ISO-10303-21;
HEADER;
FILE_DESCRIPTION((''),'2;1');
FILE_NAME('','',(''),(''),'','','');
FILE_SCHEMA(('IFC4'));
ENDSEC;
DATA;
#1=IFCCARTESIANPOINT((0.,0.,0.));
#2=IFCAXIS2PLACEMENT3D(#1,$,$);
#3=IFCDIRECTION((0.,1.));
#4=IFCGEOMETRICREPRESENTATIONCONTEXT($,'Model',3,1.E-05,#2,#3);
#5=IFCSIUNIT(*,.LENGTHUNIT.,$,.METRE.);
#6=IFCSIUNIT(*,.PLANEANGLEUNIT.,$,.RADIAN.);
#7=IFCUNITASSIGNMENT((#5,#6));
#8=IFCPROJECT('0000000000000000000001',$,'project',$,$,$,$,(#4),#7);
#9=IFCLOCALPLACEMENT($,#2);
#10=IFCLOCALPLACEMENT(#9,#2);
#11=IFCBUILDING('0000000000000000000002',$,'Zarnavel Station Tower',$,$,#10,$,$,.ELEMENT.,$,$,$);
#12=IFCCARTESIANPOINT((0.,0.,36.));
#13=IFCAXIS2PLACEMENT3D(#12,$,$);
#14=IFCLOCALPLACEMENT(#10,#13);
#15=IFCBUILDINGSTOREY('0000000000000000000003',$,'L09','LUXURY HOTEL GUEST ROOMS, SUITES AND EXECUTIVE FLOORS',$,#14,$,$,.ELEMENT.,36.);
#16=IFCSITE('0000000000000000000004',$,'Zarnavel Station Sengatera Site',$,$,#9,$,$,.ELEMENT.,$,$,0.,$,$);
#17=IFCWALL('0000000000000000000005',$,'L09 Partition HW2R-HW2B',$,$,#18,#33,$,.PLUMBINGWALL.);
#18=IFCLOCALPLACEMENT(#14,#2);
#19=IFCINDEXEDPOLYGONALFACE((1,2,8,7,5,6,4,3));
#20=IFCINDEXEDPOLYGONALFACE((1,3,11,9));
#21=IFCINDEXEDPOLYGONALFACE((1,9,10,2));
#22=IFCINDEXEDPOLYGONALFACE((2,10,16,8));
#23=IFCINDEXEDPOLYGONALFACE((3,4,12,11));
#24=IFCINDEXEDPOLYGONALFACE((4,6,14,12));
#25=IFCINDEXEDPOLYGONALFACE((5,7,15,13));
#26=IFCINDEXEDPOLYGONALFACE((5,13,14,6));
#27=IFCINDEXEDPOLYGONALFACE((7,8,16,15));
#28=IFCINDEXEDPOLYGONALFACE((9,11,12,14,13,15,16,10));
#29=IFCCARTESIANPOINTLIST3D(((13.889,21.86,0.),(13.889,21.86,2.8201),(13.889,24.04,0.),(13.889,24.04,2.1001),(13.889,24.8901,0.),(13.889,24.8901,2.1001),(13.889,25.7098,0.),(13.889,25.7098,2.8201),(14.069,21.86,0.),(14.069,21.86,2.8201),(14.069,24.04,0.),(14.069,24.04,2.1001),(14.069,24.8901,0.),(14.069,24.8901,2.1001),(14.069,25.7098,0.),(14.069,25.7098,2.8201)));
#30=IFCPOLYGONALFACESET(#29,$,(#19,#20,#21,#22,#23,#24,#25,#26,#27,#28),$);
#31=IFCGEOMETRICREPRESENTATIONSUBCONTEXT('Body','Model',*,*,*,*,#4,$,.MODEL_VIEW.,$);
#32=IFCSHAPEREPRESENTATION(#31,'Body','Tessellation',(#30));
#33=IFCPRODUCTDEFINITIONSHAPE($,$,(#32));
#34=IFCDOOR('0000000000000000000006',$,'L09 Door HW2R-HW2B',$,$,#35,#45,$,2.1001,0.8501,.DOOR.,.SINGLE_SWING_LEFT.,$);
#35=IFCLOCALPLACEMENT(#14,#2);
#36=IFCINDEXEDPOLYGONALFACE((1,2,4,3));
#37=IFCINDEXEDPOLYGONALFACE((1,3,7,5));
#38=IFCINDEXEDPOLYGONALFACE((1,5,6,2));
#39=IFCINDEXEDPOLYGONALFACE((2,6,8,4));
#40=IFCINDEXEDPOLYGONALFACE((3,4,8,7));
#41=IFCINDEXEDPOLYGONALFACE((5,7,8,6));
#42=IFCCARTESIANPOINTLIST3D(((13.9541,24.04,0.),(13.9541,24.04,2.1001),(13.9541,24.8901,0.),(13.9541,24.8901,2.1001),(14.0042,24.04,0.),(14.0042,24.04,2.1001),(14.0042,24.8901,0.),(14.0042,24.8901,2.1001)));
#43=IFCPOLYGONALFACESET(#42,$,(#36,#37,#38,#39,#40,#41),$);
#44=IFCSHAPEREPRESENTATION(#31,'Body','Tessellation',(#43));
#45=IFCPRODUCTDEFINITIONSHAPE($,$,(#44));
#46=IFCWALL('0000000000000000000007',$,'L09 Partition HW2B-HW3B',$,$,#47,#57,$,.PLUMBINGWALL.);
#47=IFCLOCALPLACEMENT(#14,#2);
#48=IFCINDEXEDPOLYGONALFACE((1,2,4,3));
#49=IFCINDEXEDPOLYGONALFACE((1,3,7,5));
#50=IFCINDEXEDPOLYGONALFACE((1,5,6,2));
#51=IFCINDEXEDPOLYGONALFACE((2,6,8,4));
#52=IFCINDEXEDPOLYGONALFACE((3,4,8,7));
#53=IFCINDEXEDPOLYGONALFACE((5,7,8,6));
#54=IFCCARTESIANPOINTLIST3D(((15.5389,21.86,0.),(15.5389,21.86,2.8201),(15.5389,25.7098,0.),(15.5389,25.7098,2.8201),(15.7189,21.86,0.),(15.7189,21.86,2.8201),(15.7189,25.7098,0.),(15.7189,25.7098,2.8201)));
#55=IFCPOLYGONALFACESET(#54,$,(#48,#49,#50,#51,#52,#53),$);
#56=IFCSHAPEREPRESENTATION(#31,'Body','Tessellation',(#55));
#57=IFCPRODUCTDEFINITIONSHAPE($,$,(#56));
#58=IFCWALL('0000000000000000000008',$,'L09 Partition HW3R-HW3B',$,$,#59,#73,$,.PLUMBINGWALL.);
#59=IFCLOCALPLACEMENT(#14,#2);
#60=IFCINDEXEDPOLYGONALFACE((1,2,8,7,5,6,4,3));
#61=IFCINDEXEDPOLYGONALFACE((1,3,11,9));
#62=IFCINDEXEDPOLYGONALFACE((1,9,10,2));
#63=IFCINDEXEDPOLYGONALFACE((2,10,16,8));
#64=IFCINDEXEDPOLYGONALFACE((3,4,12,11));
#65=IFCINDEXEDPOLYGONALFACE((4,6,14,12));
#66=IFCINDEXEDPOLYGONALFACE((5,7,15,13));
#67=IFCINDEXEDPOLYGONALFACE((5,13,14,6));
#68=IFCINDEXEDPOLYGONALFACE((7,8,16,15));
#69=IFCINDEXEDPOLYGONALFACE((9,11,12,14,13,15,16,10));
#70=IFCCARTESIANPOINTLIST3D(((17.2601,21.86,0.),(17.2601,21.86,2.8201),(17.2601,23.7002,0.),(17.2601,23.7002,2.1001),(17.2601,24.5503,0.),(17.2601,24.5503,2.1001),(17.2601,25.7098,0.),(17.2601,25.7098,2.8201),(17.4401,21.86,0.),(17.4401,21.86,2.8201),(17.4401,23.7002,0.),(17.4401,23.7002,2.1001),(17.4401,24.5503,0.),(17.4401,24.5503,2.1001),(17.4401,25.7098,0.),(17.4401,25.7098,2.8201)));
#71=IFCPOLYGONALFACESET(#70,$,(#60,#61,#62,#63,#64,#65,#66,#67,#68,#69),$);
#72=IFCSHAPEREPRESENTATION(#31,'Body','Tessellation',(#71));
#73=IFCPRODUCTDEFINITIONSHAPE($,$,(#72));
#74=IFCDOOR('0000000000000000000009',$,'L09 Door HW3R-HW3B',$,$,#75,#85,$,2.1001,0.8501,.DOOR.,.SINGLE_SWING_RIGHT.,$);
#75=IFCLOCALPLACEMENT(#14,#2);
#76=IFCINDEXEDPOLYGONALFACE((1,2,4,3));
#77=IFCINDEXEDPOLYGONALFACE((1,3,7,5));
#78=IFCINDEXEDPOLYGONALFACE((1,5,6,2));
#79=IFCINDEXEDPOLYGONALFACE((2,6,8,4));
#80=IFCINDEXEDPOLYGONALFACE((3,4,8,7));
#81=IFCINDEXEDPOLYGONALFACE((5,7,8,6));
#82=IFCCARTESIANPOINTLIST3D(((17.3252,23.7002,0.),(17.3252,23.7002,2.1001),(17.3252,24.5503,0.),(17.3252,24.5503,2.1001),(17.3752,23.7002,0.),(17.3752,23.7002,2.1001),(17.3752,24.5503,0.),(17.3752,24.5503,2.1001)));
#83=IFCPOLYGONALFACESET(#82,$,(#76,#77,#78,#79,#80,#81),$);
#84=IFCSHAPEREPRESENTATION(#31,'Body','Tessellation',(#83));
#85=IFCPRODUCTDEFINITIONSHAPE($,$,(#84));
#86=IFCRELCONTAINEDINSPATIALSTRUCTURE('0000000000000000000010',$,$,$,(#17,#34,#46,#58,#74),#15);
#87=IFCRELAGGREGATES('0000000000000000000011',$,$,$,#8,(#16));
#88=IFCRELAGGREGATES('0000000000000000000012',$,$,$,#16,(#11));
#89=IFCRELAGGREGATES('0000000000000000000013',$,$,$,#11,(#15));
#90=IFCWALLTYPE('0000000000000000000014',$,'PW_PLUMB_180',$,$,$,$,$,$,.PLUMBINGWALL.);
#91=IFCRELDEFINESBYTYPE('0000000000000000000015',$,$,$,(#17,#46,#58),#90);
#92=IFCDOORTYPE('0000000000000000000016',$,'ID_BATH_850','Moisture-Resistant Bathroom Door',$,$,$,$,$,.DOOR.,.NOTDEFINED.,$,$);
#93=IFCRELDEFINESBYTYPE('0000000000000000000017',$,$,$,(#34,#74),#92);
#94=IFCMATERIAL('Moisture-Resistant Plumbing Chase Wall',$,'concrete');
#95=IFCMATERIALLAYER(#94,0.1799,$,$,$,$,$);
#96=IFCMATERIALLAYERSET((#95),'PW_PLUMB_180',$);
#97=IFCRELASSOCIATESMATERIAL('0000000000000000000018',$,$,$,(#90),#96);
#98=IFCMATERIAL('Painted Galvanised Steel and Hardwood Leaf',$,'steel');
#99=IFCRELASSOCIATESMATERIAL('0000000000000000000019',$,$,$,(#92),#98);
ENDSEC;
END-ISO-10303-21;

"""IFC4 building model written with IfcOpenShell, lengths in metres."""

from ifc_helpers import new_model, si_unit, direction, frame, frame_2d, origin, place, context, subcontext, project, spatial, rectangle, extrude, material, layer, layer_set, type_object, element, fill, save


model = new_model("IFC4")

# Units and contexts
model_context = context("Model", 3, precision=1e-05, world=origin(), true_north=direction((0.0, 1.0)))
body_context = subcontext(model_context, "Body", "Model", "MODEL_VIEW")
ifc_project = project(units=[si_unit("LENGTHUNIT", "METRE"), si_unit("PLANEANGLEUNIT", "RADIAN")], contexts=[model_context])

# Site, building, storey
site_placement = place(None, origin())
site = spatial("IfcSite", under=ifc_project, at=site_placement, Name="Zarnavel Station Sengatera Site", CompositionType="ELEMENT", RefElevation=0.0)
building_placement = place(site_placement, origin())
building = spatial("IfcBuilding", under=site, at=building_placement, Name="Zarnavel Station Tower", CompositionType="ELEMENT")
storey_placement = place(building_placement, frame((0.0, 0.0, 36.0)))
storey = spatial("IfcBuildingStorey", under=building, at=storey_placement, Name="L09", Description="LUXURY HOTEL GUEST ROOMS, SUITES AND EXECUTIVE FLOORS", CompositionType="ELEMENT", Elevation=36.0)

# Wall, opening, door
ifc_material_1 = material(Name="Moisture-Resistant Plumbing Chase Wall", Category="concrete")
ifc_layer_1 = layer(ifc_material_1, 0.1799)
ifc_layer_set_1 = layer_set([ifc_layer_1], Name="PW_PLUMB_180")
wall_type_1 = type_object("IfcWallType", Name="PW_PLUMB_180", PredefinedType="PLUMBINGWALL", material=ifc_layer_set_1)
wall_1_placement = place(storey_placement, frame((13.979, 21.8601, 0.0), z_axis=(0.0, 0.0, 1.0), x_axis=(0.0, 1.0, 0.0)))
wall_1 = element("IfcWall", 1, at=wall_1_placement, inside=storey, type_object=wall_type_1, Name="L09 Partition HW2R-HW2B", PredefinedType="PLUMBINGWALL", context=body_context, shape_type="SweptSolid", body=[
    extrude(rectangle(XDim=3.8499, YDim=0.1799, at=frame_2d((1.9248, 0.0))), origin(), (0.0, 0.0, 1.0), 2.8201),
])
opening_1_placement = place(wall_1_placement, frame((2.1799, 0.0, 0.0)))
opening_1 = element("IfcOpeningElement", 2, at=opening_1_placement, cuts=wall_1, PredefinedType="OPENING", context=body_context, shape_type="SweptSolid", body=[
    extrude(rectangle(XDim=0.8501, YDim=2.1001, at=frame_2d((0.425, 1.05))), frame((0.0, 0.0999, 0.0), z_axis=(0.0, -1.0, 0.0), x_axis=(1.0, 0.0, 0.0)), (0.0, 0.0, 1.0), 0.2),
])
ifc_material_2 = material(Name="Painted Galvanised Steel and Hardwood Leaf", Category="steel")
door_type = type_object("IfcDoorType", Name="ID_BATH_850", Description="Moisture-Resistant Bathroom Door", OperationType="NOTDEFINED", PredefinedType="DOOR", material=ifc_material_2)
door_1_placement = place(opening_1_placement, origin())
door_1 = element("IfcDoor", 3, at=door_1_placement, inside=storey, type_object=door_type, Name="L09 Door HW2R-HW2B", OperationType="SINGLE_SWING_LEFT", OverallHeight=2.1001, OverallWidth=0.8501, PredefinedType="DOOR", context=body_context, shape_type="SweptSolid", body=[
    extrude(rectangle(XDim=0.8501, YDim=2.1001, at=frame_2d((0.425, 1.05))), frame((0.0, 0.0249, 0.0), z_axis=(0.0, -1.0, 0.0), x_axis=(1.0, 0.0, 0.0)), (0.0, 0.0, 1.0), 0.05),
])
fill(opening_1, door_1)

# Wall
wall_2_placement = place(storey_placement, frame((15.6289, 21.8601, 0.0), z_axis=(0.0, 0.0, 1.0), x_axis=(0.0, 1.0, 0.0)))
element("IfcWall", 4, at=wall_2_placement, inside=storey, type_object=wall_type_1, Name="L09 Partition HW2B-HW3B", PredefinedType="PLUMBINGWALL", context=body_context, shape_type="SweptSolid", body=[
    extrude(rectangle(XDim=3.8499, YDim=0.1799, at=frame_2d((1.9248, 0.0))), origin(), (0.0, 0.0, 1.0), 2.8201),
])

# Wall, opening, door
wall_3_placement = place(storey_placement, frame((17.3501, 21.8601, 0.0), z_axis=(0.0, 0.0, 1.0), x_axis=(0.0, 1.0, 0.0)))
wall_3 = element("IfcWall", 5, at=wall_3_placement, inside=storey, type_object=wall_type_1, Name="L09 Partition HW3R-HW3B", PredefinedType="PLUMBINGWALL", context=body_context, shape_type="SweptSolid", body=[
    extrude(rectangle(XDim=3.8499, YDim=0.1799, at=frame_2d((1.9248, 0.0))), origin(), (0.0, 0.0, 1.0), 2.8201),
])
opening_2_placement = place(wall_3_placement, frame((1.8401, 0.0, 0.0)))
opening_2 = element("IfcOpeningElement", 6, at=opening_2_placement, cuts=wall_3, PredefinedType="OPENING", context=body_context, shape_type="SweptSolid", body=[
    extrude(rectangle(XDim=0.8501, YDim=2.1001, at=frame_2d((0.425, 1.05))), frame((0.0, 0.0999, 0.0), z_axis=(0.0, -1.0, 0.0), x_axis=(1.0, 0.0, 0.0)), (0.0, 0.0, 1.0), 0.2),
])
door_2_placement = place(opening_2_placement, origin())
door_2 = element("IfcDoor", 7, at=door_2_placement, inside=storey, type_object=door_type, Name="L09 Door HW3R-HW3B", OperationType="SINGLE_SWING_RIGHT", OverallHeight=2.1001, OverallWidth=0.8501, PredefinedType="DOOR", context=body_context, shape_type="SweptSolid", body=[
    extrude(rectangle(XDim=0.8501, YDim=2.1001, at=frame_2d((0.425, 1.05))), frame((0.0, 0.0249, 0.0), z_axis=(0.0, -1.0, 0.0), x_axis=(1.0, 0.0, 0.0)), (0.0, 0.0, 1.0), 0.05),
])
fill(opening_2, door_2)

save(model, "model.ifc")
